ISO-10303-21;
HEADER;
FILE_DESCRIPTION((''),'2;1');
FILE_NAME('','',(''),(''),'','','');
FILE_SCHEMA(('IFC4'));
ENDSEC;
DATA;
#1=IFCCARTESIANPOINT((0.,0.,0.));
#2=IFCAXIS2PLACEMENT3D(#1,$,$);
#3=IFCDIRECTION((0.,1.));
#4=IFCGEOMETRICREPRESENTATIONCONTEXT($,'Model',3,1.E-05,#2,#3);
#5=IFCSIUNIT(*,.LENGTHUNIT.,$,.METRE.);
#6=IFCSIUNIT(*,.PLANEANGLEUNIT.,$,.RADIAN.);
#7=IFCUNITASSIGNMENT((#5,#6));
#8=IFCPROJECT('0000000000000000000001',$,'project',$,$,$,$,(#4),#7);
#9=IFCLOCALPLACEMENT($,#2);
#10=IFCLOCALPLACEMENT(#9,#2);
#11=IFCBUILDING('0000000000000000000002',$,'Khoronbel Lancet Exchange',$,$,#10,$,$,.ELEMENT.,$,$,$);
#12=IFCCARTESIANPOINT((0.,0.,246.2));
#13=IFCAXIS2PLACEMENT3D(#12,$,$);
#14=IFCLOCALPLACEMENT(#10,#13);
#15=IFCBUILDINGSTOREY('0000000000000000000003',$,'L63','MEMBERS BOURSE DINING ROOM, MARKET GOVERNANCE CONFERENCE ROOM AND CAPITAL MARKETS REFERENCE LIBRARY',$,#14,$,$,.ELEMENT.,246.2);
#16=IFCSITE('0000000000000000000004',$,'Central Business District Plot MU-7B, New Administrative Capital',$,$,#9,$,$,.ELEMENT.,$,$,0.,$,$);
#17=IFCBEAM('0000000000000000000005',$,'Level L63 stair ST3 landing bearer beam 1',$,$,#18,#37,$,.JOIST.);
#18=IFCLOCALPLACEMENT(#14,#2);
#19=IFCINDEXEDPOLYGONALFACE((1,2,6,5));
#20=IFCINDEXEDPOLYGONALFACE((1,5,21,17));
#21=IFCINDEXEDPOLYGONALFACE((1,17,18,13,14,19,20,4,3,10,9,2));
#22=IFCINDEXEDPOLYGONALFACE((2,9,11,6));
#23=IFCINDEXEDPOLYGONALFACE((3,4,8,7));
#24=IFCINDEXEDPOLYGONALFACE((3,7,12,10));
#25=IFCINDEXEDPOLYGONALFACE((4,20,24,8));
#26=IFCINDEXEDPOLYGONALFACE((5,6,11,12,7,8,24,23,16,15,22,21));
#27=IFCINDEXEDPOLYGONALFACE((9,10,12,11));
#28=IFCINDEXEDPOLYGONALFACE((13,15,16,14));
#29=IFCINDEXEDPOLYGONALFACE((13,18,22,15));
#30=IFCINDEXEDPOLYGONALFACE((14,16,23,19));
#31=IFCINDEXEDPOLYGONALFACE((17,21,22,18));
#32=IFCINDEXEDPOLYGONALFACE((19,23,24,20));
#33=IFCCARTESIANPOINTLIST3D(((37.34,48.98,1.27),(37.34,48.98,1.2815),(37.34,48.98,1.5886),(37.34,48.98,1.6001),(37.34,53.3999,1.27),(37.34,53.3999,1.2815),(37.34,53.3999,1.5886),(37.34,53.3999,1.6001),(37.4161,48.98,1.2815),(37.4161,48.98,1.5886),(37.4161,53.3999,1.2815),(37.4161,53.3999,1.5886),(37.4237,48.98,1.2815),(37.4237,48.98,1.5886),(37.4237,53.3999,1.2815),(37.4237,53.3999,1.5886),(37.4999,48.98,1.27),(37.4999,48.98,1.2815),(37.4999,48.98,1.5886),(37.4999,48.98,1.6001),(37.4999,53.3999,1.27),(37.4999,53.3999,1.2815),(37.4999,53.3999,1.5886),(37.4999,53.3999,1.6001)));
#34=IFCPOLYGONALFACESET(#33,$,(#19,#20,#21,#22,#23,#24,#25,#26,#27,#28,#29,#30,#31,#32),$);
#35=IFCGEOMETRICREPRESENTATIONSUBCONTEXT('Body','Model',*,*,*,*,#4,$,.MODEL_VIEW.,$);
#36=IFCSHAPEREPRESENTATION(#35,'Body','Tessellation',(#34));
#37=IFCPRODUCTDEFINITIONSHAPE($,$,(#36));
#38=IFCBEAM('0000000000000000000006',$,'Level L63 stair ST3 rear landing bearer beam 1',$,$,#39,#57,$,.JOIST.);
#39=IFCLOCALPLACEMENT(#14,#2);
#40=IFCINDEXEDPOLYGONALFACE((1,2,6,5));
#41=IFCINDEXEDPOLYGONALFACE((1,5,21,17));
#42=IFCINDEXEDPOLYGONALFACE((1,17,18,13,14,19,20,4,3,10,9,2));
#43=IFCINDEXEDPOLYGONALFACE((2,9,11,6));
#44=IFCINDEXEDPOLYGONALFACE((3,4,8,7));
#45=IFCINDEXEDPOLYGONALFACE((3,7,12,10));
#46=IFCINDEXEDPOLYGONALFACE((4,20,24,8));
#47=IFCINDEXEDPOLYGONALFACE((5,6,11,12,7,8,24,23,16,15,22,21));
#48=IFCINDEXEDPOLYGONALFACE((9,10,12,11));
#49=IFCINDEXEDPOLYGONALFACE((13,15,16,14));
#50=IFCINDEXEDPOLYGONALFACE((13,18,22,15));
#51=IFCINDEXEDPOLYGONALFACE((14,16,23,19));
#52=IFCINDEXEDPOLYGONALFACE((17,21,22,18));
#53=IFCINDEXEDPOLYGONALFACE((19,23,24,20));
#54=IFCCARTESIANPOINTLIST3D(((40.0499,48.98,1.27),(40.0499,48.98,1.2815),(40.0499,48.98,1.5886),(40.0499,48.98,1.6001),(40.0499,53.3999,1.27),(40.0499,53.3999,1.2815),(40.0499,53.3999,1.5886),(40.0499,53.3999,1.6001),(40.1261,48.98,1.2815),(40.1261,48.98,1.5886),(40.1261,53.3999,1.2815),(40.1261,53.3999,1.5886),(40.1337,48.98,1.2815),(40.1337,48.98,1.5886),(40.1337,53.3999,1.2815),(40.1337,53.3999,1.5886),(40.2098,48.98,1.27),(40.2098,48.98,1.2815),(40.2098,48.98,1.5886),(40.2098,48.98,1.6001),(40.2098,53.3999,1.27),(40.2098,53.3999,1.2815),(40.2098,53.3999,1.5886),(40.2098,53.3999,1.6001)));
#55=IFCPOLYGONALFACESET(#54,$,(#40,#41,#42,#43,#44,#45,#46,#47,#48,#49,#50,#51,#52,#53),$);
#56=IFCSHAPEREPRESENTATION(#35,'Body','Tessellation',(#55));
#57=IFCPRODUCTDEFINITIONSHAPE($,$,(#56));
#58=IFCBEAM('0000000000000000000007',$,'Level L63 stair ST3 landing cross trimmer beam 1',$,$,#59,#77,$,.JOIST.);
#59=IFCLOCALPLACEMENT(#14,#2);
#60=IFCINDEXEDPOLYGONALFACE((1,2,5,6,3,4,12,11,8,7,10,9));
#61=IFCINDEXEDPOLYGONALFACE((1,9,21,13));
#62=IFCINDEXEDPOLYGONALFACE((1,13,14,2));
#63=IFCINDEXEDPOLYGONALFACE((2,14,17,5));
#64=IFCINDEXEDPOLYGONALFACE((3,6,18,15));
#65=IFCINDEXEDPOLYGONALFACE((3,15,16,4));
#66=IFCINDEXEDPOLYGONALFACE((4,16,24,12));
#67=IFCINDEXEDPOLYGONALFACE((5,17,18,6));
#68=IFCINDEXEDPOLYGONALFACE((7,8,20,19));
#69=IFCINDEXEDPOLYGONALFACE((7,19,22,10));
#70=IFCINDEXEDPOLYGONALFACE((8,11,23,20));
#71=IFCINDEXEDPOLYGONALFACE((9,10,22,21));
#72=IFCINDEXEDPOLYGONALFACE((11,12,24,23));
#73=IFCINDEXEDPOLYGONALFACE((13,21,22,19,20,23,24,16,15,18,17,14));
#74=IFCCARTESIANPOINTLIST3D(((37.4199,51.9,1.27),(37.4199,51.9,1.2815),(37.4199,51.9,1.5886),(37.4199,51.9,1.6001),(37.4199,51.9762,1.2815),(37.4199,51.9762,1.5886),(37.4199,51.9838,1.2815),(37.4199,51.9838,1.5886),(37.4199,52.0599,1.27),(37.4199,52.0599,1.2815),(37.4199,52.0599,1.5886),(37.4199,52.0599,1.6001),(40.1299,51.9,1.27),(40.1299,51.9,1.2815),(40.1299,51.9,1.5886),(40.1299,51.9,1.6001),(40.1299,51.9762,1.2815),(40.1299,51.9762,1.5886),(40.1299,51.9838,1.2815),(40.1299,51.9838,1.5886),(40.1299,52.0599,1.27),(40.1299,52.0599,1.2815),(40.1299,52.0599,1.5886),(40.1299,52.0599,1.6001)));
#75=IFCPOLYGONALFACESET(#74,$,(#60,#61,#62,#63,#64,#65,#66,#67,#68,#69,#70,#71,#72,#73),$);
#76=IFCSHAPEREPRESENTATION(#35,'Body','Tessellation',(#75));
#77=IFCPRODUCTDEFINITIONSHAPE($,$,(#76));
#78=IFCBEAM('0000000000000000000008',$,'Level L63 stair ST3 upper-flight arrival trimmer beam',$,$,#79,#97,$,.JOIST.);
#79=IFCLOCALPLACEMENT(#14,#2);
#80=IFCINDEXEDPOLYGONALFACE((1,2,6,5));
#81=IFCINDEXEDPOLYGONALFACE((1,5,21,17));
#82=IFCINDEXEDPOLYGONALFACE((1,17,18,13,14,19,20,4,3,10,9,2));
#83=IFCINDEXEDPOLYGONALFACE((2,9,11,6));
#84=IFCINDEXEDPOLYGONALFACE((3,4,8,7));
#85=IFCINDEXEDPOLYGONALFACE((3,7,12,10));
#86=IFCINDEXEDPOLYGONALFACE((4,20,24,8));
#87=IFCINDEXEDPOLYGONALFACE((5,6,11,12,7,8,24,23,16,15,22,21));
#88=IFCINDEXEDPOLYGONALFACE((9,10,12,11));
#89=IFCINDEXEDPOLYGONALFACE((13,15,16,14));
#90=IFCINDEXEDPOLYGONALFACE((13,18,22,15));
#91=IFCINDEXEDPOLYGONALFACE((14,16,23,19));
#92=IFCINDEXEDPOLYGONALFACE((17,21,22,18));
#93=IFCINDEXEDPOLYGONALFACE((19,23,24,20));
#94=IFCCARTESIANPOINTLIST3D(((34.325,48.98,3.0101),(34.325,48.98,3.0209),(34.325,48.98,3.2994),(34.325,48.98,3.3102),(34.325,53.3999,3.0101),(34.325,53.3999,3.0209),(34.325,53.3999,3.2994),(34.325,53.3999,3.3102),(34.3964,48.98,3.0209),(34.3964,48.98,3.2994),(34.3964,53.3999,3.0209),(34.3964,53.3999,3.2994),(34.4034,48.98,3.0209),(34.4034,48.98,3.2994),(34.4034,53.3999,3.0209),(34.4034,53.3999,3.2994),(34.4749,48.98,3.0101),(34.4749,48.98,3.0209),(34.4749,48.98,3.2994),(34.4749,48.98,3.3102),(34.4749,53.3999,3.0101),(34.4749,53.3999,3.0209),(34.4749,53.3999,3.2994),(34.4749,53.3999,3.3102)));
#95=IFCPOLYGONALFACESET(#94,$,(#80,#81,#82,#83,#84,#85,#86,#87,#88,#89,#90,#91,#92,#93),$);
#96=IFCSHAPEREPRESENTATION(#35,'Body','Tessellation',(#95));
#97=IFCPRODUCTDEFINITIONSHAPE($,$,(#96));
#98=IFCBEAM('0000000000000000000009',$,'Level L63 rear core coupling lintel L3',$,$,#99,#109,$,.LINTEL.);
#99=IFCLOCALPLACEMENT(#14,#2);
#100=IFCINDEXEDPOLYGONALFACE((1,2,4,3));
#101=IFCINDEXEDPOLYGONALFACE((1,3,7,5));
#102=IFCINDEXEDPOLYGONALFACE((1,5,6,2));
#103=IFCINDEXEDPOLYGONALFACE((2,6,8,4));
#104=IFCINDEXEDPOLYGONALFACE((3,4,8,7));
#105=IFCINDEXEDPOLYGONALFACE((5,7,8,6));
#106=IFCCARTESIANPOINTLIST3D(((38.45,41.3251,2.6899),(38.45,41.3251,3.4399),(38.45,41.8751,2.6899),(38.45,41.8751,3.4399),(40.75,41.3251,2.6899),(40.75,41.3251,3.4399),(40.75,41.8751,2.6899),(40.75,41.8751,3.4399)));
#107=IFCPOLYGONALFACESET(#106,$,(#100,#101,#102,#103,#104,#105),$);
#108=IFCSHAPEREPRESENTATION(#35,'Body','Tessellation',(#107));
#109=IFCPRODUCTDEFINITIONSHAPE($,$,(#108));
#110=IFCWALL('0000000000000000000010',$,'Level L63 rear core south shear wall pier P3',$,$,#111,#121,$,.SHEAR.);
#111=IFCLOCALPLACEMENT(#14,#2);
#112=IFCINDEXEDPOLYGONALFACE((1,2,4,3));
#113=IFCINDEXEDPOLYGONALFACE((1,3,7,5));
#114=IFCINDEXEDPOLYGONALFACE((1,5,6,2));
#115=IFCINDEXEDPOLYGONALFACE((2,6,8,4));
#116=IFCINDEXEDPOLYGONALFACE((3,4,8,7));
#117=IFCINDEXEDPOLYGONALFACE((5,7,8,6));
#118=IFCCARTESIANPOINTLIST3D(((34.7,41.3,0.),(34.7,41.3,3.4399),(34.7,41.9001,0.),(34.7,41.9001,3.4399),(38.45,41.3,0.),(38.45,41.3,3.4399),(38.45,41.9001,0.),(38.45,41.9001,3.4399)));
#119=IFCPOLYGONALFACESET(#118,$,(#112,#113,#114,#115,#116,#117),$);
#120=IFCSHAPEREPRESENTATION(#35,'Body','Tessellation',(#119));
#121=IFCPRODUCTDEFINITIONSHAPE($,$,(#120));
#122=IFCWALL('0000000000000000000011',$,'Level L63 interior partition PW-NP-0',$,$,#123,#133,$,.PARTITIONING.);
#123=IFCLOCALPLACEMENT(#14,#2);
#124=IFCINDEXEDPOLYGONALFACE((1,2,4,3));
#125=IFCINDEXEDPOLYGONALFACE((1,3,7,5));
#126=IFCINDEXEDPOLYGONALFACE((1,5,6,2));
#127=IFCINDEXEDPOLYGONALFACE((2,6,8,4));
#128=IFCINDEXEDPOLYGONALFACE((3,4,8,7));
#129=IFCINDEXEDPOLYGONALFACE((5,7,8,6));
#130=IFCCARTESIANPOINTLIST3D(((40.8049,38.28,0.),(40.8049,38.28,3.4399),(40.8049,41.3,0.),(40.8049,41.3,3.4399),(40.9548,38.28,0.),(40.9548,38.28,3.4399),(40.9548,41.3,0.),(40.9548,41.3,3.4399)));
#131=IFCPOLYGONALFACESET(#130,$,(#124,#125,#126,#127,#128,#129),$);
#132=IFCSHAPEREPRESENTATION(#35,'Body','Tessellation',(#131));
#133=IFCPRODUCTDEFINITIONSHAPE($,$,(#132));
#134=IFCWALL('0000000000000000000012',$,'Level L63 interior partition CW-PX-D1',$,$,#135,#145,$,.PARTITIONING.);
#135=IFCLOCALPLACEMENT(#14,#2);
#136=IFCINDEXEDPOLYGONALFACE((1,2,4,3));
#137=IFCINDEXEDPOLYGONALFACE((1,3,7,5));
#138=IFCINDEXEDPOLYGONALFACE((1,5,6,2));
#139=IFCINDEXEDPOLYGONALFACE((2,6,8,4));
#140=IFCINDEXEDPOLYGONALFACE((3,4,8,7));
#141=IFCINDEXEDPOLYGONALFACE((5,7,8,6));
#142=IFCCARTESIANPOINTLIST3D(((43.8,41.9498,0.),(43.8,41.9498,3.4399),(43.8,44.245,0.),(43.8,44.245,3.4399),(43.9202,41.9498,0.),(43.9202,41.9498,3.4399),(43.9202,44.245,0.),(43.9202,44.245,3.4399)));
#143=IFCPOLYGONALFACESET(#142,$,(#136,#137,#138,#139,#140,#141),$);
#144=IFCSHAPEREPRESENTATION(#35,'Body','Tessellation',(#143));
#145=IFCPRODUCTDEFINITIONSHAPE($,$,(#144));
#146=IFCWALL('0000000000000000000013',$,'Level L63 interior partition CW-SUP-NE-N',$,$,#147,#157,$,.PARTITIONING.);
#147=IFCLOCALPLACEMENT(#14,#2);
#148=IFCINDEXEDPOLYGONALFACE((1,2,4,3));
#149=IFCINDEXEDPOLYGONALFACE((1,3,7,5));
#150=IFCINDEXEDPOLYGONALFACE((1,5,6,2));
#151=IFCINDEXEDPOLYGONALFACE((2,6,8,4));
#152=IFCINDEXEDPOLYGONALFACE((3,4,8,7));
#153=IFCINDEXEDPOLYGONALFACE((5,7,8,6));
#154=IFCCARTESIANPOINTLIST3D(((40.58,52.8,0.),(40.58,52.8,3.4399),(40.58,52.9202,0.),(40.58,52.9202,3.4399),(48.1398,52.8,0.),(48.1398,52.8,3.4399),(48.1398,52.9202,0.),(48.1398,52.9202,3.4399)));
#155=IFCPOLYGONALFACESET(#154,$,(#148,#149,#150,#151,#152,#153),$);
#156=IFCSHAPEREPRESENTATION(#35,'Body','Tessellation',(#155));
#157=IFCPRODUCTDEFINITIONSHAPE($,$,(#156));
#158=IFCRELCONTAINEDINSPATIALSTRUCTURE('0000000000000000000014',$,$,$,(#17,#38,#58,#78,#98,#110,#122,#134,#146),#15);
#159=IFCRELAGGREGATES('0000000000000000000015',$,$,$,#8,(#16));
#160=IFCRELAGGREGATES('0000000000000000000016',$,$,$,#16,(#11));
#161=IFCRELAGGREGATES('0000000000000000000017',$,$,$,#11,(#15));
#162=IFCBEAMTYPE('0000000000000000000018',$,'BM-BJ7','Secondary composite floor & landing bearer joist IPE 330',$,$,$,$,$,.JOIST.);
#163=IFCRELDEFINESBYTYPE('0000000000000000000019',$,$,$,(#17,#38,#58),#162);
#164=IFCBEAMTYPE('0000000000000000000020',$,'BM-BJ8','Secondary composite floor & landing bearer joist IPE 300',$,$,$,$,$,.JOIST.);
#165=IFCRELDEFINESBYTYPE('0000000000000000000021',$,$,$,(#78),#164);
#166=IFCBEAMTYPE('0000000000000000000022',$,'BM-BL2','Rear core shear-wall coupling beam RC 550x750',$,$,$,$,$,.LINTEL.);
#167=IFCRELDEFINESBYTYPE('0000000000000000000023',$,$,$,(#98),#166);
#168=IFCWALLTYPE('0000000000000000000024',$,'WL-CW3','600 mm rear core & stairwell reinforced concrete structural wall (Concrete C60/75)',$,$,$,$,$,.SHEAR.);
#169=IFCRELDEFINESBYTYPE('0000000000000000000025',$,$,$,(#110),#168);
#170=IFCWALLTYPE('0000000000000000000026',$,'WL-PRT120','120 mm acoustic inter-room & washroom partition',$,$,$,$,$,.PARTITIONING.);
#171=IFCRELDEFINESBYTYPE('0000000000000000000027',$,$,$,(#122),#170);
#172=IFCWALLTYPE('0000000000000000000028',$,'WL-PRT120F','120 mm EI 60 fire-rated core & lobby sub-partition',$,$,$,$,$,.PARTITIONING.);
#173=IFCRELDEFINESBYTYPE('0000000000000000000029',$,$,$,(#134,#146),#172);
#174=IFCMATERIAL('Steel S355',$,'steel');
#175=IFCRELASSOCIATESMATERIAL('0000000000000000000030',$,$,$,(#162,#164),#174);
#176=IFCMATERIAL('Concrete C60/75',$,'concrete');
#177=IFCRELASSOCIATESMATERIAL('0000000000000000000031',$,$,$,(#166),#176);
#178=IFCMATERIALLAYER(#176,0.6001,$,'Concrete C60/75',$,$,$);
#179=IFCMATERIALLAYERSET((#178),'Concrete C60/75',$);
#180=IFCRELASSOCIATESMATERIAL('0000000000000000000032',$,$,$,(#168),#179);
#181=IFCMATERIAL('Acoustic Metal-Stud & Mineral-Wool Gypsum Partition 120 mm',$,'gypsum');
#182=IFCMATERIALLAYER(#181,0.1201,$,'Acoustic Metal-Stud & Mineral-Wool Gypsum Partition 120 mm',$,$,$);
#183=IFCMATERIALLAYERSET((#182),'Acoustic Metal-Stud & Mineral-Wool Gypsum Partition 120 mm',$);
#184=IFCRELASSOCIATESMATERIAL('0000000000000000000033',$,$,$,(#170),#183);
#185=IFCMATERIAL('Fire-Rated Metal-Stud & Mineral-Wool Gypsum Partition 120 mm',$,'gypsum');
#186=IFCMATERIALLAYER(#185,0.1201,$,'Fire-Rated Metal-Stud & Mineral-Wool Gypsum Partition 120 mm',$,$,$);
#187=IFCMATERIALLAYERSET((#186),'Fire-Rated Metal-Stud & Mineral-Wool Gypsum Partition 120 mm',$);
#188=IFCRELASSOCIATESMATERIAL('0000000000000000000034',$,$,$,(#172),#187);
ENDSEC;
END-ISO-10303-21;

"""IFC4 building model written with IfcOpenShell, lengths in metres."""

from ifc_helpers import new_model, si_unit, direction, frame, frame_2d, origin, origin_2d, place, context, subcontext, project, spatial, rectangle, i_section, extrude, material, layer, layer_set, material_profile, profile_set, type_object, element, save


model = new_model("IFC4")

# Units and contexts
model_context = context("Model", 3, precision=1e-05, world=origin(), true_north=direction((0.0, 1.0)))
body_context = subcontext(model_context, "Body", "Model", "MODEL_VIEW")
ifc_project = project(units=[si_unit("LENGTHUNIT", "METRE"), si_unit("PLANEANGLEUNIT", "RADIAN")], contexts=[model_context])

# Site, building, storey
site_placement = place(None, origin())
site = spatial("IfcSite", under=ifc_project, at=site_placement, Name="Central Business District Plot MU-7B, New Administrative Capital", CompositionType="ELEMENT", RefElevation=0.0)
building_placement = place(site_placement, origin())
building = spatial("IfcBuilding", under=site, at=building_placement, Name="Khoronbel Lancet Exchange", CompositionType="ELEMENT")
storey_placement = place(building_placement, frame((0.0, 0.0, 246.2)))
storey = spatial("IfcBuildingStorey", under=building, at=storey_placement, Name="L63", Description="MEMBERS BOURSE DINING ROOM, MARKET GOVERNANCE CONFERENCE ROOM AND CAPITAL MARKETS REFERENCE LIBRARY", CompositionType="ELEMENT", Elevation=246.2)

# Beams
ifc_material_1 = material(Name="Steel S355", Category="steel")
ifc_material_profile_1 = material_profile(ifc_material_1, i_section(OverallWidth=0.1599, OverallDepth=0.3301, WebThickness=0.0076, FlangeThickness=0.0115, at=origin_2d()), Name="IPE 330")
ifc_profile_set_1 = profile_set([ifc_material_profile_1], Name="Steel S355")
beam_type_1 = type_object("IfcBeamType", Name="BM-BJ7", Description="Secondary composite floor & landing bearer joist IPE 330", PredefinedType="JOIST", material=ifc_profile_set_1)
for number, where, z_axis, x_axis, name in (
    (1, (37.4199, 48.98, 1.4351), (0.0, 1.0, 0.0), (-1.0, 0.0, 0.0), "Level L63 stair ST3 landing bearer beam 1"),
    (2, (40.1299, 48.98, 1.4351), (0.0, 1.0, 0.0), (-1.0, 0.0, 0.0), "Level L63 stair ST3 rear landing bearer beam 1"),
):
    element("IfcBeam", number, at=place(storey_placement, frame(where, z_axis=z_axis, x_axis=x_axis)), inside=storey, type_object=beam_type_1, Name=name, PredefinedType="JOIST", context=body_context, shape_type="SweptSolid", body=[
        extrude(i_section(OverallWidth=0.1599, OverallDepth=0.3301, WebThickness=0.0076, FlangeThickness=0.0115, at=origin_2d()), origin(), (0.0, 0.0, 1.0), 4.4199),
    ])
beam_1_placement = place(storey_placement, frame((37.4199, 51.98, 1.4351), z_axis=(1.0, 0.0, 0.0), x_axis=(0.0, 1.0, 0.0)))
element("IfcBeam", 3, at=beam_1_placement, inside=storey, type_object=beam_type_1, Name="Level L63 stair ST3 landing cross trimmer beam 1", PredefinedType="JOIST", context=body_context, shape_type="SweptSolid", body=[
    extrude(i_section(OverallWidth=0.1599, OverallDepth=0.3301, WebThickness=0.0076, FlangeThickness=0.0115, at=origin_2d()), origin(), (0.0, 0.0, 1.0), 2.71),
])
ifc_material_profile_2 = material_profile(ifc_material_1, i_section(OverallWidth=0.1499, OverallDepth=0.3, WebThickness=0.0071, FlangeThickness=0.0107, at=origin_2d()), Name="IPE 300")
ifc_profile_set_2 = profile_set([ifc_material_profile_2], Name="Steel S355")
beam_type_2 = type_object("IfcBeamType", Name="BM-BJ8", Description="Secondary composite floor & landing bearer joist IPE 300", PredefinedType="JOIST", material=ifc_profile_set_2)
beam_2_placement = place(storey_placement, frame((34.3999, 48.98, 3.1602), z_axis=(0.0, 1.0, 0.0), x_axis=(-1.0, 0.0, 0.0)))
element("IfcBeam", 4, at=beam_2_placement, inside=storey, type_object=beam_type_2, Name="Level L63 stair ST3 upper-flight arrival trimmer beam", PredefinedType="JOIST", context=body_context, shape_type="SweptSolid", body=[
    extrude(i_section(OverallWidth=0.1499, OverallDepth=0.3, WebThickness=0.0071, FlangeThickness=0.0107, at=origin_2d()), origin(), (0.0, 0.0, 1.0), 4.4199),
])
ifc_material_2 = material(Name="Concrete C60/75", Category="concrete")
ifc_material_profile_3 = material_profile(ifc_material_2, rectangle(XDim=0.55, YDim=0.75, at=origin_2d()), Name="RC 550x750")
ifc_profile_set_3 = profile_set([ifc_material_profile_3], Name="Concrete C60/75")
beam_type_3 = type_object("IfcBeamType", Name="BM-BL2", Description="Rear core shear-wall coupling beam RC 550x750", PredefinedType="LINTEL", material=ifc_profile_set_3)
beam_3_placement = place(storey_placement, frame((38.45, 41.6001, 3.0649), z_axis=(1.0, 0.0, 0.0), x_axis=(0.0, 1.0, 0.0)))
element("IfcBeam", 5, at=beam_3_placement, inside=storey, type_object=beam_type_3, Name="Level L63 rear core coupling lintel L3", PredefinedType="LINTEL", context=body_context, shape_type="SweptSolid", body=[
    extrude(rectangle(XDim=0.55, YDim=0.75, at=origin_2d()), origin(), (0.0, 0.0, 1.0), 2.3),
])

# Walls
ifc_layer_1 = layer(ifc_material_2, 0.6001, Name="Concrete C60/75")
ifc_layer_set_1 = layer_set([ifc_layer_1], Name="Concrete C60/75")
wall_type_1 = type_object("IfcWallType", Name="WL-CW3", Description="600 mm rear core & stairwell reinforced concrete structural wall (Concrete C60/75)", PredefinedType="SHEAR", material=ifc_layer_set_1)
wall_1_placement = place(storey_placement, frame((38.45, 41.6001, 0.0), z_axis=(0.0, 0.0, 1.0), x_axis=(-1.0, 0.0, 0.0)))
element("IfcWall", 6, at=wall_1_placement, inside=storey, type_object=wall_type_1, Name="Level L63 rear core south shear wall pier P3", PredefinedType="SHEAR", context=body_context, shape_type="SweptSolid", body=[
    extrude(rectangle(XDim=3.75, YDim=0.6001, at=frame_2d((1.875, 0.0))), origin(), (0.0, 0.0, 1.0), 3.4399),
])
ifc_material_3 = material(Name="Acoustic Metal-Stud & Mineral-Wool Gypsum Partition 120 mm", Category="gypsum")
ifc_layer_2 = layer(ifc_material_3, 0.1201, Name="Acoustic Metal-Stud & Mineral-Wool Gypsum Partition 120 mm")
ifc_layer_set_2 = layer_set([ifc_layer_2], Name="Acoustic Metal-Stud & Mineral-Wool Gypsum Partition 120 mm")
wall_type_2 = type_object("IfcWallType", Name="WL-PRT120", Description="120 mm acoustic inter-room & washroom partition", PredefinedType="PARTITIONING", material=ifc_layer_set_2)
wall_2_placement = place(storey_placement, frame((40.8799, 38.28, 0.0), z_axis=(0.0, 0.0, 1.0), x_axis=(0.0, 1.0, 0.0)))
element("IfcWall", 7, at=wall_2_placement, inside=storey, type_object=wall_type_2, Name="Level L63 interior partition PW-NP-0", PredefinedType="PARTITIONING", context=body_context, shape_type="SweptSolid", body=[
    extrude(rectangle(XDim=3.02, YDim=0.1499, at=frame_2d((1.51, 0.0))), origin(), (0.0, 0.0, 1.0), 3.4399),
])
ifc_material_4 = material(Name="Fire-Rated Metal-Stud & Mineral-Wool Gypsum Partition 120 mm", Category="gypsum")
ifc_layer_3 = layer(ifc_material_4, 0.1201, Name="Fire-Rated Metal-Stud & Mineral-Wool Gypsum Partition 120 mm")
ifc_layer_set_3 = layer_set([ifc_layer_3], Name="Fire-Rated Metal-Stud & Mineral-Wool Gypsum Partition 120 mm")
wall_type_3 = type_object("IfcWallType", Name="WL-PRT120F", Description="120 mm EI 60 fire-rated core & lobby sub-partition", PredefinedType="PARTITIONING", material=ifc_layer_set_3)
wall_3_placement = place(storey_placement, frame((43.8601, 41.95, 0.0), z_axis=(0.0, 0.0, 1.0), x_axis=(0.0, 1.0, 0.0)))
element("IfcWall", 8, at=wall_3_placement, inside=storey, type_object=wall_type_3, Name="Level L63 interior partition CW-PX-D1", PredefinedType="PARTITIONING", context=body_context, shape_type="SweptSolid", body=[
    extrude(rectangle(XDim=2.2952, YDim=0.1201, at=frame_2d((1.1475, 0.0))), origin(), (0.0, 0.0, 1.0), 3.4399),
])
wall_4_placement = place(storey_placement, frame((40.5801, 52.8601, 0.0), z_axis=(0.0, 0.0, 1.0), x_axis=(1.0, 0.0, 0.0)))
element("IfcWall", 9, at=wall_4_placement, inside=storey, type_object=wall_type_3, Name="Level L63 interior partition CW-SUP-NE-N", PredefinedType="PARTITIONING", context=body_context, shape_type="SweptSolid", body=[
    extrude(rectangle(XDim=7.5598, YDim=0.1201, at=frame_2d((3.7798, 0.0))), origin(), (0.0, 0.0, 1.0), 3.4399),
])

save(model, "model.ifc")
